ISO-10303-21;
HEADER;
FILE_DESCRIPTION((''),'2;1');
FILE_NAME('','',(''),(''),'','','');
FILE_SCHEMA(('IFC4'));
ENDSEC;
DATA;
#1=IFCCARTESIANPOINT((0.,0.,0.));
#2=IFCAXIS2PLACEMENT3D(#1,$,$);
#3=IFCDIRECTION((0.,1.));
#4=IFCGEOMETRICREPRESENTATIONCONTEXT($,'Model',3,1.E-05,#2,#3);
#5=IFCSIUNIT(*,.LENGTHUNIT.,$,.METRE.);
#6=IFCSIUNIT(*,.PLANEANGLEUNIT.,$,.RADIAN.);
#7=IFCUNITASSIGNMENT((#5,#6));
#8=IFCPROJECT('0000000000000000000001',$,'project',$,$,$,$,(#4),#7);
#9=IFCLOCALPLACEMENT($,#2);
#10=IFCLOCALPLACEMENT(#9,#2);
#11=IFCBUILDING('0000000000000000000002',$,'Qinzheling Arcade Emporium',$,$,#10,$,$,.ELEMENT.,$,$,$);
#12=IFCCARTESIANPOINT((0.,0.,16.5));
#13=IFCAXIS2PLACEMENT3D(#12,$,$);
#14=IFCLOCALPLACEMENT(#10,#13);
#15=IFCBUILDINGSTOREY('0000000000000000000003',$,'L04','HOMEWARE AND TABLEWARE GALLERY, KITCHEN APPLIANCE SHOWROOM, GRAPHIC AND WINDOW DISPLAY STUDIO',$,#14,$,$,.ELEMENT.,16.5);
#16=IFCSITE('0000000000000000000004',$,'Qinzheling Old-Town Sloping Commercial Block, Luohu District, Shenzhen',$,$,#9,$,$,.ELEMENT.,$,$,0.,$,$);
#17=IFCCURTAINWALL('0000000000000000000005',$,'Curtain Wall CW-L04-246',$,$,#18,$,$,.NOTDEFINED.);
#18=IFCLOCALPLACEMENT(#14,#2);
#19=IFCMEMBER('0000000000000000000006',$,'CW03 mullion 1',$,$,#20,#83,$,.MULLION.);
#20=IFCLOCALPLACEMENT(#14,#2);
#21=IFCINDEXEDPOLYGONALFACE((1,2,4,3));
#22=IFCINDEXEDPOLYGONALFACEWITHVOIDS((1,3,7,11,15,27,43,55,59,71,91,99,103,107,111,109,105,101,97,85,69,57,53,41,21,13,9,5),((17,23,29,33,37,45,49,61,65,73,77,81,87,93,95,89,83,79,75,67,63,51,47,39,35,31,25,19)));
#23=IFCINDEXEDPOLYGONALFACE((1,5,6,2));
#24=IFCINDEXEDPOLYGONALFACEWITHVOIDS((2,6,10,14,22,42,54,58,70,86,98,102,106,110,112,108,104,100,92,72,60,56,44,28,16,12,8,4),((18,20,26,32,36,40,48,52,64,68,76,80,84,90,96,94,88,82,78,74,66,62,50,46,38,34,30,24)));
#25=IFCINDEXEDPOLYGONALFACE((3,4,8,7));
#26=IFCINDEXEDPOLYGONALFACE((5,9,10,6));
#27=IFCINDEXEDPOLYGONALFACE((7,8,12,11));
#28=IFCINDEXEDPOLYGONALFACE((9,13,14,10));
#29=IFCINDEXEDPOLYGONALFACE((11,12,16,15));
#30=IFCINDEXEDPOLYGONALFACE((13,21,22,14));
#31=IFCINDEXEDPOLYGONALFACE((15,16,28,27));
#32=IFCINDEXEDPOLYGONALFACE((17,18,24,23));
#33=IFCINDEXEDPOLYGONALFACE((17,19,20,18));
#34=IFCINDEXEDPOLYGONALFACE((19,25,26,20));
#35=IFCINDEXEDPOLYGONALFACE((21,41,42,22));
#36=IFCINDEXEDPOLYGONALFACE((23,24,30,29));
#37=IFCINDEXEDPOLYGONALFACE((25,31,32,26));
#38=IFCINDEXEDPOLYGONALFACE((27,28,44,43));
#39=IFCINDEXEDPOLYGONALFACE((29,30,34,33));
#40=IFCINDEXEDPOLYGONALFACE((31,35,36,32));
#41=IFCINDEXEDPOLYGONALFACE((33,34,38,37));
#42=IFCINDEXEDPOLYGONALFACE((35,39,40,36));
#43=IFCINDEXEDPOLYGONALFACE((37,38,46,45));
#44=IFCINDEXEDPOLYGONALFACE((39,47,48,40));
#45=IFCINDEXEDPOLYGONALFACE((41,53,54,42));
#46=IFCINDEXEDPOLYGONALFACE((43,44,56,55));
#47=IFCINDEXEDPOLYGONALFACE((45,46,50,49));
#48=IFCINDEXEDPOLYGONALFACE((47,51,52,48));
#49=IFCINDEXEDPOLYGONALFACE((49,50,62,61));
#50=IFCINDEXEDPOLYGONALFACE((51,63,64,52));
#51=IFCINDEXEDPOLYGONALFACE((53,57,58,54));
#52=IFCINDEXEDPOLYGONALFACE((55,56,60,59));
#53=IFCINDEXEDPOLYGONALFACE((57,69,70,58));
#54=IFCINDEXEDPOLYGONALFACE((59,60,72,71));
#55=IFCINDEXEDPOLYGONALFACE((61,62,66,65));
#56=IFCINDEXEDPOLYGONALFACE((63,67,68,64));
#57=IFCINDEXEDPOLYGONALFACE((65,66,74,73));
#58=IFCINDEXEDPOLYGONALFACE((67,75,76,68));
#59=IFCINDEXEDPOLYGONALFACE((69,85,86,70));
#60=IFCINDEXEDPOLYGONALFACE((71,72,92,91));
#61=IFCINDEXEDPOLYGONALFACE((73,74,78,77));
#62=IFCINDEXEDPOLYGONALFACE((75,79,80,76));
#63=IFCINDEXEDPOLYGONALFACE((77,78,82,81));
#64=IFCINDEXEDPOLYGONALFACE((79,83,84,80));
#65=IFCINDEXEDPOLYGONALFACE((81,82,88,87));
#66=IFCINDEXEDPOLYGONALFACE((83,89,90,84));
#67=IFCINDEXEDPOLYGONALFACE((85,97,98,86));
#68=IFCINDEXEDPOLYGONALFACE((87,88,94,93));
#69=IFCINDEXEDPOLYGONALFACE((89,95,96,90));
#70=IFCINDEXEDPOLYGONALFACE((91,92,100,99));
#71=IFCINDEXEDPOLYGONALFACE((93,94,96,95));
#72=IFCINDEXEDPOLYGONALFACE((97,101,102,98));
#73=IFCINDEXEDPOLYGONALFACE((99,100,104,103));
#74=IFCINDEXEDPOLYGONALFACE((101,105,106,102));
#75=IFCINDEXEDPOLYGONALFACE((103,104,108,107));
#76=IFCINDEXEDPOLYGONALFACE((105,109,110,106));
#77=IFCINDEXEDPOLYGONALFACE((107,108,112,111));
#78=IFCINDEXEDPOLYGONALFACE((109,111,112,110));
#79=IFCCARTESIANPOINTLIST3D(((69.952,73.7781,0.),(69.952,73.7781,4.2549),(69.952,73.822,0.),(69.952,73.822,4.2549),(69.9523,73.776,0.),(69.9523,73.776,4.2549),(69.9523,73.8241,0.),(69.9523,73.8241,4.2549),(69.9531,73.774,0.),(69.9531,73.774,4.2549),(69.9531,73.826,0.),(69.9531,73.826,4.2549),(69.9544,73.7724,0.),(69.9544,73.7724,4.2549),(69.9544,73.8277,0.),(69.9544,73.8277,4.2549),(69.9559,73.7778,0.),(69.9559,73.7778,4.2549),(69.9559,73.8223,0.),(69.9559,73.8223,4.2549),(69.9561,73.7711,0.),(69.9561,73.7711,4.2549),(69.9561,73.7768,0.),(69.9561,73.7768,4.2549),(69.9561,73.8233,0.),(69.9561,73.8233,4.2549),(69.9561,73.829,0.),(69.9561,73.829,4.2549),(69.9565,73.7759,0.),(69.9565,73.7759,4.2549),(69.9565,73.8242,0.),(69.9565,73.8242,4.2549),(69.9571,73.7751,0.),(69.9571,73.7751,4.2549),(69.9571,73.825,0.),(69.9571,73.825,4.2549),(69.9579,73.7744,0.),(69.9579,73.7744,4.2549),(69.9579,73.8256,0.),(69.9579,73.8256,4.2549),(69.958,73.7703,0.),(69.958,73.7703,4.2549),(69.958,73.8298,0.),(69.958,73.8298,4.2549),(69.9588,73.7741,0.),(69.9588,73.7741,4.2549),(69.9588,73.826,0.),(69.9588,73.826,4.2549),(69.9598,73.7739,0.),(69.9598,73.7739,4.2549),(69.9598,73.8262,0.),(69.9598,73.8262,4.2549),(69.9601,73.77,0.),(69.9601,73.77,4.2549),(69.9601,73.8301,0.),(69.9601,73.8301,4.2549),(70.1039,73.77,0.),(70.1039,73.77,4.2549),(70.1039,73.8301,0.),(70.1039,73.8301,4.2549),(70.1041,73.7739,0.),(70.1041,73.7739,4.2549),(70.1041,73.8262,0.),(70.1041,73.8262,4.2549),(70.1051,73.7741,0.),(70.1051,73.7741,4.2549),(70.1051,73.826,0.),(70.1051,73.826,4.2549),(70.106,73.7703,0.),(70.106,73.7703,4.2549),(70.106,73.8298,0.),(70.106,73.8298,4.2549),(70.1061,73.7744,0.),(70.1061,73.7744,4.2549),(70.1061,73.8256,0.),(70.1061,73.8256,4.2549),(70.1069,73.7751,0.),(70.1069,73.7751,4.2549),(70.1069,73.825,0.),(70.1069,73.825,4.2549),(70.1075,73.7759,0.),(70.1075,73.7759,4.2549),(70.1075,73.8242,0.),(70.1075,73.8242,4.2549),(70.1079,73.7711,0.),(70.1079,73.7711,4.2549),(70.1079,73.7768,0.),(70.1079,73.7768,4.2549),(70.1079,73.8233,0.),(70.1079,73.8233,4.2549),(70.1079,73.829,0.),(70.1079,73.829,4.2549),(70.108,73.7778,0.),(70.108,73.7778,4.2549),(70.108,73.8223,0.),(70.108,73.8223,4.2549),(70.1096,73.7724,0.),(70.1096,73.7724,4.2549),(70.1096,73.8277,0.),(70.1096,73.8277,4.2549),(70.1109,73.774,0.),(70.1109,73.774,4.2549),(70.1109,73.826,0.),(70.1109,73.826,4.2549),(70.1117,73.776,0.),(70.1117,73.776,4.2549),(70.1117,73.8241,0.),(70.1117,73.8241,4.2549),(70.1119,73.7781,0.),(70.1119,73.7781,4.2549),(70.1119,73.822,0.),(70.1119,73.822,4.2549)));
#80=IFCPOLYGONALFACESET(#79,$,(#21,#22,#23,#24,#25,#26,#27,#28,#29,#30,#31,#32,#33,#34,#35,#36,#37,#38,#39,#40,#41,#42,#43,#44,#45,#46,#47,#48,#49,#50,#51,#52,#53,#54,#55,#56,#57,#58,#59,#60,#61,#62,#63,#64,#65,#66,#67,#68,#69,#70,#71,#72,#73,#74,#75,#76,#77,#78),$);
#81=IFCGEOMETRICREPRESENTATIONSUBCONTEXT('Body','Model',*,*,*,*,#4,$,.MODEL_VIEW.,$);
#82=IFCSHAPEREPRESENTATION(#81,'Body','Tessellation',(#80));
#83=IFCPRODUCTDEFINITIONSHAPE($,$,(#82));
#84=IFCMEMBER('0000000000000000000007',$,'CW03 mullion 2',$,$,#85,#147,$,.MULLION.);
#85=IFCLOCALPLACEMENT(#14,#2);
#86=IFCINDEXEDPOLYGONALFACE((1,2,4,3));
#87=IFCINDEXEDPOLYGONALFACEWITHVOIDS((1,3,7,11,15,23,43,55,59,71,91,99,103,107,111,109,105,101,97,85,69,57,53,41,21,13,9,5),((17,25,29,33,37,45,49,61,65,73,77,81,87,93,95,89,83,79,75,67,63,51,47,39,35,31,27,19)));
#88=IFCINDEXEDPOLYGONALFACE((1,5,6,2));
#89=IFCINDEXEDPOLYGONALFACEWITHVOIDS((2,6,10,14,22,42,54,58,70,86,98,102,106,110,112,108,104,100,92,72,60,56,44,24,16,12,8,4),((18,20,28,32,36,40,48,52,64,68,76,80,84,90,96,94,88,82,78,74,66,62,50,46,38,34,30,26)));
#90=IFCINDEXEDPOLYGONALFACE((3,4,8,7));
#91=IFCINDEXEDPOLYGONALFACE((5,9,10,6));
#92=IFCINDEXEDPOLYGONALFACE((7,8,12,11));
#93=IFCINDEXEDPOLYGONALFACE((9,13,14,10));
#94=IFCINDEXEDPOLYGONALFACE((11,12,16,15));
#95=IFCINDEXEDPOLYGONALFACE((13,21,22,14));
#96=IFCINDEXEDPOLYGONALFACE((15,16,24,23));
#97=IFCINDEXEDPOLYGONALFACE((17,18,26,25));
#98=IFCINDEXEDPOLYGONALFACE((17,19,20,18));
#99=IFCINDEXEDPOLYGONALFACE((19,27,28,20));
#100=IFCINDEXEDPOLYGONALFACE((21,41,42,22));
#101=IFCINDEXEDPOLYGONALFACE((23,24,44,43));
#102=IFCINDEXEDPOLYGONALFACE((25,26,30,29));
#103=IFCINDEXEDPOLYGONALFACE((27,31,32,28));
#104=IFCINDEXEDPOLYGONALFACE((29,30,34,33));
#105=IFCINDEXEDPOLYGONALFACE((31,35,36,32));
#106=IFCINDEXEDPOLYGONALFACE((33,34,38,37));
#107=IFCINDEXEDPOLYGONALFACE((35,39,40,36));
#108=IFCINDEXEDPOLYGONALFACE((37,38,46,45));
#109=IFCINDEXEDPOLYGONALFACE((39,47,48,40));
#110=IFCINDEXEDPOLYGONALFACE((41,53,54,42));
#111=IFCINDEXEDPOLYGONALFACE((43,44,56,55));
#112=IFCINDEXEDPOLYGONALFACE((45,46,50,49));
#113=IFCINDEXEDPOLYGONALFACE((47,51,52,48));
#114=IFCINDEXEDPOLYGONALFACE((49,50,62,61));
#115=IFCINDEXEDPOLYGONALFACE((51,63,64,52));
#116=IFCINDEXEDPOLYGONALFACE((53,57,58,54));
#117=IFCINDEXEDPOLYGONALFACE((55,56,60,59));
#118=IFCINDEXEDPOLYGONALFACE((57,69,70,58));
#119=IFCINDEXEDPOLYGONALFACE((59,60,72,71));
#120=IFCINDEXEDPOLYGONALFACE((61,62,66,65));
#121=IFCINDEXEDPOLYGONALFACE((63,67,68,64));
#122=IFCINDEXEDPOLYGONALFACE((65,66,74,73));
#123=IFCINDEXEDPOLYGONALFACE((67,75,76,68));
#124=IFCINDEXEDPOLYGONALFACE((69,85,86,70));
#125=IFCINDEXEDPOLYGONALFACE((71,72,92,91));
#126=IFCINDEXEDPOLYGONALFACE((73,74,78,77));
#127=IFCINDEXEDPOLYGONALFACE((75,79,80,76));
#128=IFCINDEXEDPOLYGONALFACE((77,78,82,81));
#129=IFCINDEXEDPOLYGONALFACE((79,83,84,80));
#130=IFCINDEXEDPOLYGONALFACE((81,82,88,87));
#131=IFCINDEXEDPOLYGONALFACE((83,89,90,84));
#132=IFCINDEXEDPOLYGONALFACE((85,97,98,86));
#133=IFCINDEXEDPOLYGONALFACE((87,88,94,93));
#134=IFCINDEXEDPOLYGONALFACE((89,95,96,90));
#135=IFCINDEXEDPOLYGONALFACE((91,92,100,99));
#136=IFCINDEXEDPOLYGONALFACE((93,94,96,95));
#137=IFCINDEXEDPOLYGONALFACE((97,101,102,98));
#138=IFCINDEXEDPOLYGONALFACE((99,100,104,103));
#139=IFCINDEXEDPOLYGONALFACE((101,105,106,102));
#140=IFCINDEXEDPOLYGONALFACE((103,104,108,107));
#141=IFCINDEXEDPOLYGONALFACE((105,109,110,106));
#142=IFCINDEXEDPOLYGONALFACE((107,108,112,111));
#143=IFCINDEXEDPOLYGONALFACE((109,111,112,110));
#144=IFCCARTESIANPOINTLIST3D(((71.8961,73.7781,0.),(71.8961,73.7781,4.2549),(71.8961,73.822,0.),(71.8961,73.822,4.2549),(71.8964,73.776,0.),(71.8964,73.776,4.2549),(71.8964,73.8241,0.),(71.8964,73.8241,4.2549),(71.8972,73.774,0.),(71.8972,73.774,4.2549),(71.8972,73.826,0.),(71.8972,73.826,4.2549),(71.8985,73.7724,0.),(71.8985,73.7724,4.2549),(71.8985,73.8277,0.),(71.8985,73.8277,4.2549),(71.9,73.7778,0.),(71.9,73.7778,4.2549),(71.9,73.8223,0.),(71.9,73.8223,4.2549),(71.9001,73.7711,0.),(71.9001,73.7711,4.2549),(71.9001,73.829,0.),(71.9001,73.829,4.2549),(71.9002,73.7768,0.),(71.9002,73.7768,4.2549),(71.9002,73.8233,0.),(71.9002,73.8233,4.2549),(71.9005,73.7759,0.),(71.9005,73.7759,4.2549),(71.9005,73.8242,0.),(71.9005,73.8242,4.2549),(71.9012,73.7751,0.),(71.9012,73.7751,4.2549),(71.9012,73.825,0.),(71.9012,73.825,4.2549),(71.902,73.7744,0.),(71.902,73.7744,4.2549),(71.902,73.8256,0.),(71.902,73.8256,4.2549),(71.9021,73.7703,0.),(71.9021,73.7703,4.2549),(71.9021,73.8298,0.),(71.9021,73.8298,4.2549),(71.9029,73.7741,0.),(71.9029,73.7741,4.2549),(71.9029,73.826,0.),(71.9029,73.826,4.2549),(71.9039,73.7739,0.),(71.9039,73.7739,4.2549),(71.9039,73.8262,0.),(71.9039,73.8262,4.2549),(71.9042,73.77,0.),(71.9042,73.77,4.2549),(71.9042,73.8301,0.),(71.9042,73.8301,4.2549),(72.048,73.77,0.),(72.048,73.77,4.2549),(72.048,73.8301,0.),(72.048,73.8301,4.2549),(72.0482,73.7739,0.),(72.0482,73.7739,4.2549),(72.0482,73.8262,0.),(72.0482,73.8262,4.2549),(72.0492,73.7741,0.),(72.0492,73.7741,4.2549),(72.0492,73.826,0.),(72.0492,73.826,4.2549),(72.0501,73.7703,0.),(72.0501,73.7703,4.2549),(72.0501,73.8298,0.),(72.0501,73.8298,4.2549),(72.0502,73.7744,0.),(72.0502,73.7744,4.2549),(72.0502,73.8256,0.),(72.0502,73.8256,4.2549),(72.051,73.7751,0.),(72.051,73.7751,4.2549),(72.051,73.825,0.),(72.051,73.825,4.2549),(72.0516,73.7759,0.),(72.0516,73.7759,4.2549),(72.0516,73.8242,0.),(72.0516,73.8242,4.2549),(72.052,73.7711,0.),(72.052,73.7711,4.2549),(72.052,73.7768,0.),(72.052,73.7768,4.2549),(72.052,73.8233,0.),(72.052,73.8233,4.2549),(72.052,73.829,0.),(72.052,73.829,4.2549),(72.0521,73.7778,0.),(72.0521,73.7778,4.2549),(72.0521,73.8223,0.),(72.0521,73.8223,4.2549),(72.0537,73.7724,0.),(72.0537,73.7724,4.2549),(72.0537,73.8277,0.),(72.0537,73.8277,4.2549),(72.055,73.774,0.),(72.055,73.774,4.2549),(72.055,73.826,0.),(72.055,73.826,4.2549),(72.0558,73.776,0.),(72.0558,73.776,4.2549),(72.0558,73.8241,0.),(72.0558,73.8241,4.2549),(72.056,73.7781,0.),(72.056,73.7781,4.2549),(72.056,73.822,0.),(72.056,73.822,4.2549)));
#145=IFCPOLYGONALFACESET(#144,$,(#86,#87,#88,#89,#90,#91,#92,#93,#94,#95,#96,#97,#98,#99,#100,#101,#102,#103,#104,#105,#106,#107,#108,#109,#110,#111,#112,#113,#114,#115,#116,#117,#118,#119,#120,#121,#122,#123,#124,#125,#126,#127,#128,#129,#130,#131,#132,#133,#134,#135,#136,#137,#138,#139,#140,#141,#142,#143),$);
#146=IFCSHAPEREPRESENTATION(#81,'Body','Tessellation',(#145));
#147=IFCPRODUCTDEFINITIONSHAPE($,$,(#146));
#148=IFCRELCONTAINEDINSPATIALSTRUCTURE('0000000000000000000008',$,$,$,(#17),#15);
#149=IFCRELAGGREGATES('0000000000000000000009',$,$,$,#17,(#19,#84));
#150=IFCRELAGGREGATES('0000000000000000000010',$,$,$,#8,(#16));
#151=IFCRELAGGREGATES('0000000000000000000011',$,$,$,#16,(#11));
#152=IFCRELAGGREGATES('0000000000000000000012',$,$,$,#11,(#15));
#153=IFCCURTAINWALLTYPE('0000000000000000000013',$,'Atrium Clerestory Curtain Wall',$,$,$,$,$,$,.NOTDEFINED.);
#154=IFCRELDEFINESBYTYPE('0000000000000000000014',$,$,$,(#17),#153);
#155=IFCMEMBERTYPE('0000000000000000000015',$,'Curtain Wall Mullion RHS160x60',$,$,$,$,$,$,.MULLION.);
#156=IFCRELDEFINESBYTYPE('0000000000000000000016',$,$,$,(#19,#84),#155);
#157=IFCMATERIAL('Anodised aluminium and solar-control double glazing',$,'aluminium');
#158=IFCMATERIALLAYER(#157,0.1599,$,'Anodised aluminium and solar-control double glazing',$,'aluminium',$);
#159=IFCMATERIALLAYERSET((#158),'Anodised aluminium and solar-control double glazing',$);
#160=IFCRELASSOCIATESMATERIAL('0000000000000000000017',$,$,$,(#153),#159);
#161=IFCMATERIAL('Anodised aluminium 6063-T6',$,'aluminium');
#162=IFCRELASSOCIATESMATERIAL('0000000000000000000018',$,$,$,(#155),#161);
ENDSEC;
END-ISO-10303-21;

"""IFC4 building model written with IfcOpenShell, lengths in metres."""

from ifc_helpers import new_model, si_unit, direction, frame, origin, origin_2d, place, context, subcontext, project, spatial, hollow_rectangle, extrude, material, layer, layer_set, material_profile, profile_set, type_object, element, aggregate, save


model = new_model("IFC4")

# Units and contexts
model_context = context("Model", 3, precision=1e-05, world=origin(), true_north=direction((0.0, 1.0)))
body_context = subcontext(model_context, "Body", "Model", "MODEL_VIEW")
ifc_project = project(units=[si_unit("LENGTHUNIT", "METRE"), si_unit("PLANEANGLEUNIT", "RADIAN")], contexts=[model_context])

# Site, building, storey
site_placement = place(None, origin())
site = spatial("IfcSite", under=ifc_project, at=site_placement, Name="Qinzheling Old-Town Sloping Commercial Block, Luohu District, Shenzhen", CompositionType="ELEMENT", RefElevation=0.0)
building_placement = place(site_placement, origin())
building = spatial("IfcBuilding", under=site, at=building_placement, Name="Qinzheling Arcade Emporium", CompositionType="ELEMENT")
storey_placement = place(building_placement, frame((0.0, 0.0, 16.5)))
storey = spatial("IfcBuildingStorey", under=building, at=storey_placement, Name="L04", Description="HOMEWARE AND TABLEWARE GALLERY, KITCHEN APPLIANCE SHOWROOM, GRAPHIC AND WINDOW DISPLAY STUDIO", CompositionType="ELEMENT", Elevation=16.5)

# Curtain wall, members
ifc_material_1 = material(Name="Anodised aluminium and solar-control double glazing", Category="aluminium")
ifc_layer_1 = layer(ifc_material_1, 0.1599, Name="Anodised aluminium and solar-control double glazing", Category="aluminium")
ifc_layer_set_1 = layer_set([ifc_layer_1], Name="Anodised aluminium and solar-control double glazing")
curtain_wall_type = type_object("IfcCurtainWallType", Name="Atrium Clerestory Curtain Wall", PredefinedType="NOTDEFINED", material=ifc_layer_set_1)
ifc_material_2 = material(Name="Anodised aluminium 6063-T6", Category="aluminium")
ifc_material_profile_1 = material_profile(ifc_material_2, hollow_rectangle(XDim=0.0601, YDim=0.1599, WallThickness=0.0039, InnerFilletRadius=0.0039, OuterFilletRadius=0.0081, at=origin_2d()), Name="RHS 160x60x4", Category="aluminium")
ifc_profile_set_1 = profile_set([ifc_material_profile_1], Name="Anodised aluminium 6063-T6")
member_type_1 = type_object("IfcMemberType", Name="Curtain Wall Mullion RHS160x60", PredefinedType="MULLION", material=ifc_profile_set_1)
curtain_wall_1_placement = place(storey_placement, origin())
curtain_wall_1 = element("IfcCurtainWall", 1, at=curtain_wall_1_placement, inside=storey, type_object=curtain_wall_type, Name="Curtain Wall CW-L04-246", PredefinedType="NOTDEFINED")
member_1_placement = place(storey_placement, frame((70.032, 73.8, 0.0), z_axis=(0.0, 0.0, 1.0), x_axis=(0.0, 1.0, 0.0)))
member_1 = element("IfcMember", 2, at=member_1_placement, type_object=member_type_1, Name="CW03 mullion 1", PredefinedType="MULLION", context=body_context, shape_type="SweptSolid", body=[
    extrude(hollow_rectangle(XDim=0.0601, YDim=0.1599, WallThickness=0.0039, InnerFilletRadius=0.0039, OuterFilletRadius=0.0081, at=origin_2d()), origin(), (0.0, 0.0, 1.0), 4.2549),
])
member_2_placement = place(storey_placement, frame((71.9761, 73.8, 0.0), z_axis=(0.0, 0.0, 1.0), x_axis=(0.0, 1.0, 0.0)))
member_2 = element("IfcMember", 3, at=member_2_placement, type_object=member_type_1, Name="CW03 mullion 2", PredefinedType="MULLION", context=body_context, shape_type="SweptSolid", body=[
    extrude(hollow_rectangle(XDim=0.0601, YDim=0.1599, WallThickness=0.0039, InnerFilletRadius=0.0039, OuterFilletRadius=0.0081, at=origin_2d()), origin(), (0.0, 0.0, 1.0), 4.2549),
])

aggregate(curtain_wall_1, [member_1, member_2])

save(model, "model.ifc")
